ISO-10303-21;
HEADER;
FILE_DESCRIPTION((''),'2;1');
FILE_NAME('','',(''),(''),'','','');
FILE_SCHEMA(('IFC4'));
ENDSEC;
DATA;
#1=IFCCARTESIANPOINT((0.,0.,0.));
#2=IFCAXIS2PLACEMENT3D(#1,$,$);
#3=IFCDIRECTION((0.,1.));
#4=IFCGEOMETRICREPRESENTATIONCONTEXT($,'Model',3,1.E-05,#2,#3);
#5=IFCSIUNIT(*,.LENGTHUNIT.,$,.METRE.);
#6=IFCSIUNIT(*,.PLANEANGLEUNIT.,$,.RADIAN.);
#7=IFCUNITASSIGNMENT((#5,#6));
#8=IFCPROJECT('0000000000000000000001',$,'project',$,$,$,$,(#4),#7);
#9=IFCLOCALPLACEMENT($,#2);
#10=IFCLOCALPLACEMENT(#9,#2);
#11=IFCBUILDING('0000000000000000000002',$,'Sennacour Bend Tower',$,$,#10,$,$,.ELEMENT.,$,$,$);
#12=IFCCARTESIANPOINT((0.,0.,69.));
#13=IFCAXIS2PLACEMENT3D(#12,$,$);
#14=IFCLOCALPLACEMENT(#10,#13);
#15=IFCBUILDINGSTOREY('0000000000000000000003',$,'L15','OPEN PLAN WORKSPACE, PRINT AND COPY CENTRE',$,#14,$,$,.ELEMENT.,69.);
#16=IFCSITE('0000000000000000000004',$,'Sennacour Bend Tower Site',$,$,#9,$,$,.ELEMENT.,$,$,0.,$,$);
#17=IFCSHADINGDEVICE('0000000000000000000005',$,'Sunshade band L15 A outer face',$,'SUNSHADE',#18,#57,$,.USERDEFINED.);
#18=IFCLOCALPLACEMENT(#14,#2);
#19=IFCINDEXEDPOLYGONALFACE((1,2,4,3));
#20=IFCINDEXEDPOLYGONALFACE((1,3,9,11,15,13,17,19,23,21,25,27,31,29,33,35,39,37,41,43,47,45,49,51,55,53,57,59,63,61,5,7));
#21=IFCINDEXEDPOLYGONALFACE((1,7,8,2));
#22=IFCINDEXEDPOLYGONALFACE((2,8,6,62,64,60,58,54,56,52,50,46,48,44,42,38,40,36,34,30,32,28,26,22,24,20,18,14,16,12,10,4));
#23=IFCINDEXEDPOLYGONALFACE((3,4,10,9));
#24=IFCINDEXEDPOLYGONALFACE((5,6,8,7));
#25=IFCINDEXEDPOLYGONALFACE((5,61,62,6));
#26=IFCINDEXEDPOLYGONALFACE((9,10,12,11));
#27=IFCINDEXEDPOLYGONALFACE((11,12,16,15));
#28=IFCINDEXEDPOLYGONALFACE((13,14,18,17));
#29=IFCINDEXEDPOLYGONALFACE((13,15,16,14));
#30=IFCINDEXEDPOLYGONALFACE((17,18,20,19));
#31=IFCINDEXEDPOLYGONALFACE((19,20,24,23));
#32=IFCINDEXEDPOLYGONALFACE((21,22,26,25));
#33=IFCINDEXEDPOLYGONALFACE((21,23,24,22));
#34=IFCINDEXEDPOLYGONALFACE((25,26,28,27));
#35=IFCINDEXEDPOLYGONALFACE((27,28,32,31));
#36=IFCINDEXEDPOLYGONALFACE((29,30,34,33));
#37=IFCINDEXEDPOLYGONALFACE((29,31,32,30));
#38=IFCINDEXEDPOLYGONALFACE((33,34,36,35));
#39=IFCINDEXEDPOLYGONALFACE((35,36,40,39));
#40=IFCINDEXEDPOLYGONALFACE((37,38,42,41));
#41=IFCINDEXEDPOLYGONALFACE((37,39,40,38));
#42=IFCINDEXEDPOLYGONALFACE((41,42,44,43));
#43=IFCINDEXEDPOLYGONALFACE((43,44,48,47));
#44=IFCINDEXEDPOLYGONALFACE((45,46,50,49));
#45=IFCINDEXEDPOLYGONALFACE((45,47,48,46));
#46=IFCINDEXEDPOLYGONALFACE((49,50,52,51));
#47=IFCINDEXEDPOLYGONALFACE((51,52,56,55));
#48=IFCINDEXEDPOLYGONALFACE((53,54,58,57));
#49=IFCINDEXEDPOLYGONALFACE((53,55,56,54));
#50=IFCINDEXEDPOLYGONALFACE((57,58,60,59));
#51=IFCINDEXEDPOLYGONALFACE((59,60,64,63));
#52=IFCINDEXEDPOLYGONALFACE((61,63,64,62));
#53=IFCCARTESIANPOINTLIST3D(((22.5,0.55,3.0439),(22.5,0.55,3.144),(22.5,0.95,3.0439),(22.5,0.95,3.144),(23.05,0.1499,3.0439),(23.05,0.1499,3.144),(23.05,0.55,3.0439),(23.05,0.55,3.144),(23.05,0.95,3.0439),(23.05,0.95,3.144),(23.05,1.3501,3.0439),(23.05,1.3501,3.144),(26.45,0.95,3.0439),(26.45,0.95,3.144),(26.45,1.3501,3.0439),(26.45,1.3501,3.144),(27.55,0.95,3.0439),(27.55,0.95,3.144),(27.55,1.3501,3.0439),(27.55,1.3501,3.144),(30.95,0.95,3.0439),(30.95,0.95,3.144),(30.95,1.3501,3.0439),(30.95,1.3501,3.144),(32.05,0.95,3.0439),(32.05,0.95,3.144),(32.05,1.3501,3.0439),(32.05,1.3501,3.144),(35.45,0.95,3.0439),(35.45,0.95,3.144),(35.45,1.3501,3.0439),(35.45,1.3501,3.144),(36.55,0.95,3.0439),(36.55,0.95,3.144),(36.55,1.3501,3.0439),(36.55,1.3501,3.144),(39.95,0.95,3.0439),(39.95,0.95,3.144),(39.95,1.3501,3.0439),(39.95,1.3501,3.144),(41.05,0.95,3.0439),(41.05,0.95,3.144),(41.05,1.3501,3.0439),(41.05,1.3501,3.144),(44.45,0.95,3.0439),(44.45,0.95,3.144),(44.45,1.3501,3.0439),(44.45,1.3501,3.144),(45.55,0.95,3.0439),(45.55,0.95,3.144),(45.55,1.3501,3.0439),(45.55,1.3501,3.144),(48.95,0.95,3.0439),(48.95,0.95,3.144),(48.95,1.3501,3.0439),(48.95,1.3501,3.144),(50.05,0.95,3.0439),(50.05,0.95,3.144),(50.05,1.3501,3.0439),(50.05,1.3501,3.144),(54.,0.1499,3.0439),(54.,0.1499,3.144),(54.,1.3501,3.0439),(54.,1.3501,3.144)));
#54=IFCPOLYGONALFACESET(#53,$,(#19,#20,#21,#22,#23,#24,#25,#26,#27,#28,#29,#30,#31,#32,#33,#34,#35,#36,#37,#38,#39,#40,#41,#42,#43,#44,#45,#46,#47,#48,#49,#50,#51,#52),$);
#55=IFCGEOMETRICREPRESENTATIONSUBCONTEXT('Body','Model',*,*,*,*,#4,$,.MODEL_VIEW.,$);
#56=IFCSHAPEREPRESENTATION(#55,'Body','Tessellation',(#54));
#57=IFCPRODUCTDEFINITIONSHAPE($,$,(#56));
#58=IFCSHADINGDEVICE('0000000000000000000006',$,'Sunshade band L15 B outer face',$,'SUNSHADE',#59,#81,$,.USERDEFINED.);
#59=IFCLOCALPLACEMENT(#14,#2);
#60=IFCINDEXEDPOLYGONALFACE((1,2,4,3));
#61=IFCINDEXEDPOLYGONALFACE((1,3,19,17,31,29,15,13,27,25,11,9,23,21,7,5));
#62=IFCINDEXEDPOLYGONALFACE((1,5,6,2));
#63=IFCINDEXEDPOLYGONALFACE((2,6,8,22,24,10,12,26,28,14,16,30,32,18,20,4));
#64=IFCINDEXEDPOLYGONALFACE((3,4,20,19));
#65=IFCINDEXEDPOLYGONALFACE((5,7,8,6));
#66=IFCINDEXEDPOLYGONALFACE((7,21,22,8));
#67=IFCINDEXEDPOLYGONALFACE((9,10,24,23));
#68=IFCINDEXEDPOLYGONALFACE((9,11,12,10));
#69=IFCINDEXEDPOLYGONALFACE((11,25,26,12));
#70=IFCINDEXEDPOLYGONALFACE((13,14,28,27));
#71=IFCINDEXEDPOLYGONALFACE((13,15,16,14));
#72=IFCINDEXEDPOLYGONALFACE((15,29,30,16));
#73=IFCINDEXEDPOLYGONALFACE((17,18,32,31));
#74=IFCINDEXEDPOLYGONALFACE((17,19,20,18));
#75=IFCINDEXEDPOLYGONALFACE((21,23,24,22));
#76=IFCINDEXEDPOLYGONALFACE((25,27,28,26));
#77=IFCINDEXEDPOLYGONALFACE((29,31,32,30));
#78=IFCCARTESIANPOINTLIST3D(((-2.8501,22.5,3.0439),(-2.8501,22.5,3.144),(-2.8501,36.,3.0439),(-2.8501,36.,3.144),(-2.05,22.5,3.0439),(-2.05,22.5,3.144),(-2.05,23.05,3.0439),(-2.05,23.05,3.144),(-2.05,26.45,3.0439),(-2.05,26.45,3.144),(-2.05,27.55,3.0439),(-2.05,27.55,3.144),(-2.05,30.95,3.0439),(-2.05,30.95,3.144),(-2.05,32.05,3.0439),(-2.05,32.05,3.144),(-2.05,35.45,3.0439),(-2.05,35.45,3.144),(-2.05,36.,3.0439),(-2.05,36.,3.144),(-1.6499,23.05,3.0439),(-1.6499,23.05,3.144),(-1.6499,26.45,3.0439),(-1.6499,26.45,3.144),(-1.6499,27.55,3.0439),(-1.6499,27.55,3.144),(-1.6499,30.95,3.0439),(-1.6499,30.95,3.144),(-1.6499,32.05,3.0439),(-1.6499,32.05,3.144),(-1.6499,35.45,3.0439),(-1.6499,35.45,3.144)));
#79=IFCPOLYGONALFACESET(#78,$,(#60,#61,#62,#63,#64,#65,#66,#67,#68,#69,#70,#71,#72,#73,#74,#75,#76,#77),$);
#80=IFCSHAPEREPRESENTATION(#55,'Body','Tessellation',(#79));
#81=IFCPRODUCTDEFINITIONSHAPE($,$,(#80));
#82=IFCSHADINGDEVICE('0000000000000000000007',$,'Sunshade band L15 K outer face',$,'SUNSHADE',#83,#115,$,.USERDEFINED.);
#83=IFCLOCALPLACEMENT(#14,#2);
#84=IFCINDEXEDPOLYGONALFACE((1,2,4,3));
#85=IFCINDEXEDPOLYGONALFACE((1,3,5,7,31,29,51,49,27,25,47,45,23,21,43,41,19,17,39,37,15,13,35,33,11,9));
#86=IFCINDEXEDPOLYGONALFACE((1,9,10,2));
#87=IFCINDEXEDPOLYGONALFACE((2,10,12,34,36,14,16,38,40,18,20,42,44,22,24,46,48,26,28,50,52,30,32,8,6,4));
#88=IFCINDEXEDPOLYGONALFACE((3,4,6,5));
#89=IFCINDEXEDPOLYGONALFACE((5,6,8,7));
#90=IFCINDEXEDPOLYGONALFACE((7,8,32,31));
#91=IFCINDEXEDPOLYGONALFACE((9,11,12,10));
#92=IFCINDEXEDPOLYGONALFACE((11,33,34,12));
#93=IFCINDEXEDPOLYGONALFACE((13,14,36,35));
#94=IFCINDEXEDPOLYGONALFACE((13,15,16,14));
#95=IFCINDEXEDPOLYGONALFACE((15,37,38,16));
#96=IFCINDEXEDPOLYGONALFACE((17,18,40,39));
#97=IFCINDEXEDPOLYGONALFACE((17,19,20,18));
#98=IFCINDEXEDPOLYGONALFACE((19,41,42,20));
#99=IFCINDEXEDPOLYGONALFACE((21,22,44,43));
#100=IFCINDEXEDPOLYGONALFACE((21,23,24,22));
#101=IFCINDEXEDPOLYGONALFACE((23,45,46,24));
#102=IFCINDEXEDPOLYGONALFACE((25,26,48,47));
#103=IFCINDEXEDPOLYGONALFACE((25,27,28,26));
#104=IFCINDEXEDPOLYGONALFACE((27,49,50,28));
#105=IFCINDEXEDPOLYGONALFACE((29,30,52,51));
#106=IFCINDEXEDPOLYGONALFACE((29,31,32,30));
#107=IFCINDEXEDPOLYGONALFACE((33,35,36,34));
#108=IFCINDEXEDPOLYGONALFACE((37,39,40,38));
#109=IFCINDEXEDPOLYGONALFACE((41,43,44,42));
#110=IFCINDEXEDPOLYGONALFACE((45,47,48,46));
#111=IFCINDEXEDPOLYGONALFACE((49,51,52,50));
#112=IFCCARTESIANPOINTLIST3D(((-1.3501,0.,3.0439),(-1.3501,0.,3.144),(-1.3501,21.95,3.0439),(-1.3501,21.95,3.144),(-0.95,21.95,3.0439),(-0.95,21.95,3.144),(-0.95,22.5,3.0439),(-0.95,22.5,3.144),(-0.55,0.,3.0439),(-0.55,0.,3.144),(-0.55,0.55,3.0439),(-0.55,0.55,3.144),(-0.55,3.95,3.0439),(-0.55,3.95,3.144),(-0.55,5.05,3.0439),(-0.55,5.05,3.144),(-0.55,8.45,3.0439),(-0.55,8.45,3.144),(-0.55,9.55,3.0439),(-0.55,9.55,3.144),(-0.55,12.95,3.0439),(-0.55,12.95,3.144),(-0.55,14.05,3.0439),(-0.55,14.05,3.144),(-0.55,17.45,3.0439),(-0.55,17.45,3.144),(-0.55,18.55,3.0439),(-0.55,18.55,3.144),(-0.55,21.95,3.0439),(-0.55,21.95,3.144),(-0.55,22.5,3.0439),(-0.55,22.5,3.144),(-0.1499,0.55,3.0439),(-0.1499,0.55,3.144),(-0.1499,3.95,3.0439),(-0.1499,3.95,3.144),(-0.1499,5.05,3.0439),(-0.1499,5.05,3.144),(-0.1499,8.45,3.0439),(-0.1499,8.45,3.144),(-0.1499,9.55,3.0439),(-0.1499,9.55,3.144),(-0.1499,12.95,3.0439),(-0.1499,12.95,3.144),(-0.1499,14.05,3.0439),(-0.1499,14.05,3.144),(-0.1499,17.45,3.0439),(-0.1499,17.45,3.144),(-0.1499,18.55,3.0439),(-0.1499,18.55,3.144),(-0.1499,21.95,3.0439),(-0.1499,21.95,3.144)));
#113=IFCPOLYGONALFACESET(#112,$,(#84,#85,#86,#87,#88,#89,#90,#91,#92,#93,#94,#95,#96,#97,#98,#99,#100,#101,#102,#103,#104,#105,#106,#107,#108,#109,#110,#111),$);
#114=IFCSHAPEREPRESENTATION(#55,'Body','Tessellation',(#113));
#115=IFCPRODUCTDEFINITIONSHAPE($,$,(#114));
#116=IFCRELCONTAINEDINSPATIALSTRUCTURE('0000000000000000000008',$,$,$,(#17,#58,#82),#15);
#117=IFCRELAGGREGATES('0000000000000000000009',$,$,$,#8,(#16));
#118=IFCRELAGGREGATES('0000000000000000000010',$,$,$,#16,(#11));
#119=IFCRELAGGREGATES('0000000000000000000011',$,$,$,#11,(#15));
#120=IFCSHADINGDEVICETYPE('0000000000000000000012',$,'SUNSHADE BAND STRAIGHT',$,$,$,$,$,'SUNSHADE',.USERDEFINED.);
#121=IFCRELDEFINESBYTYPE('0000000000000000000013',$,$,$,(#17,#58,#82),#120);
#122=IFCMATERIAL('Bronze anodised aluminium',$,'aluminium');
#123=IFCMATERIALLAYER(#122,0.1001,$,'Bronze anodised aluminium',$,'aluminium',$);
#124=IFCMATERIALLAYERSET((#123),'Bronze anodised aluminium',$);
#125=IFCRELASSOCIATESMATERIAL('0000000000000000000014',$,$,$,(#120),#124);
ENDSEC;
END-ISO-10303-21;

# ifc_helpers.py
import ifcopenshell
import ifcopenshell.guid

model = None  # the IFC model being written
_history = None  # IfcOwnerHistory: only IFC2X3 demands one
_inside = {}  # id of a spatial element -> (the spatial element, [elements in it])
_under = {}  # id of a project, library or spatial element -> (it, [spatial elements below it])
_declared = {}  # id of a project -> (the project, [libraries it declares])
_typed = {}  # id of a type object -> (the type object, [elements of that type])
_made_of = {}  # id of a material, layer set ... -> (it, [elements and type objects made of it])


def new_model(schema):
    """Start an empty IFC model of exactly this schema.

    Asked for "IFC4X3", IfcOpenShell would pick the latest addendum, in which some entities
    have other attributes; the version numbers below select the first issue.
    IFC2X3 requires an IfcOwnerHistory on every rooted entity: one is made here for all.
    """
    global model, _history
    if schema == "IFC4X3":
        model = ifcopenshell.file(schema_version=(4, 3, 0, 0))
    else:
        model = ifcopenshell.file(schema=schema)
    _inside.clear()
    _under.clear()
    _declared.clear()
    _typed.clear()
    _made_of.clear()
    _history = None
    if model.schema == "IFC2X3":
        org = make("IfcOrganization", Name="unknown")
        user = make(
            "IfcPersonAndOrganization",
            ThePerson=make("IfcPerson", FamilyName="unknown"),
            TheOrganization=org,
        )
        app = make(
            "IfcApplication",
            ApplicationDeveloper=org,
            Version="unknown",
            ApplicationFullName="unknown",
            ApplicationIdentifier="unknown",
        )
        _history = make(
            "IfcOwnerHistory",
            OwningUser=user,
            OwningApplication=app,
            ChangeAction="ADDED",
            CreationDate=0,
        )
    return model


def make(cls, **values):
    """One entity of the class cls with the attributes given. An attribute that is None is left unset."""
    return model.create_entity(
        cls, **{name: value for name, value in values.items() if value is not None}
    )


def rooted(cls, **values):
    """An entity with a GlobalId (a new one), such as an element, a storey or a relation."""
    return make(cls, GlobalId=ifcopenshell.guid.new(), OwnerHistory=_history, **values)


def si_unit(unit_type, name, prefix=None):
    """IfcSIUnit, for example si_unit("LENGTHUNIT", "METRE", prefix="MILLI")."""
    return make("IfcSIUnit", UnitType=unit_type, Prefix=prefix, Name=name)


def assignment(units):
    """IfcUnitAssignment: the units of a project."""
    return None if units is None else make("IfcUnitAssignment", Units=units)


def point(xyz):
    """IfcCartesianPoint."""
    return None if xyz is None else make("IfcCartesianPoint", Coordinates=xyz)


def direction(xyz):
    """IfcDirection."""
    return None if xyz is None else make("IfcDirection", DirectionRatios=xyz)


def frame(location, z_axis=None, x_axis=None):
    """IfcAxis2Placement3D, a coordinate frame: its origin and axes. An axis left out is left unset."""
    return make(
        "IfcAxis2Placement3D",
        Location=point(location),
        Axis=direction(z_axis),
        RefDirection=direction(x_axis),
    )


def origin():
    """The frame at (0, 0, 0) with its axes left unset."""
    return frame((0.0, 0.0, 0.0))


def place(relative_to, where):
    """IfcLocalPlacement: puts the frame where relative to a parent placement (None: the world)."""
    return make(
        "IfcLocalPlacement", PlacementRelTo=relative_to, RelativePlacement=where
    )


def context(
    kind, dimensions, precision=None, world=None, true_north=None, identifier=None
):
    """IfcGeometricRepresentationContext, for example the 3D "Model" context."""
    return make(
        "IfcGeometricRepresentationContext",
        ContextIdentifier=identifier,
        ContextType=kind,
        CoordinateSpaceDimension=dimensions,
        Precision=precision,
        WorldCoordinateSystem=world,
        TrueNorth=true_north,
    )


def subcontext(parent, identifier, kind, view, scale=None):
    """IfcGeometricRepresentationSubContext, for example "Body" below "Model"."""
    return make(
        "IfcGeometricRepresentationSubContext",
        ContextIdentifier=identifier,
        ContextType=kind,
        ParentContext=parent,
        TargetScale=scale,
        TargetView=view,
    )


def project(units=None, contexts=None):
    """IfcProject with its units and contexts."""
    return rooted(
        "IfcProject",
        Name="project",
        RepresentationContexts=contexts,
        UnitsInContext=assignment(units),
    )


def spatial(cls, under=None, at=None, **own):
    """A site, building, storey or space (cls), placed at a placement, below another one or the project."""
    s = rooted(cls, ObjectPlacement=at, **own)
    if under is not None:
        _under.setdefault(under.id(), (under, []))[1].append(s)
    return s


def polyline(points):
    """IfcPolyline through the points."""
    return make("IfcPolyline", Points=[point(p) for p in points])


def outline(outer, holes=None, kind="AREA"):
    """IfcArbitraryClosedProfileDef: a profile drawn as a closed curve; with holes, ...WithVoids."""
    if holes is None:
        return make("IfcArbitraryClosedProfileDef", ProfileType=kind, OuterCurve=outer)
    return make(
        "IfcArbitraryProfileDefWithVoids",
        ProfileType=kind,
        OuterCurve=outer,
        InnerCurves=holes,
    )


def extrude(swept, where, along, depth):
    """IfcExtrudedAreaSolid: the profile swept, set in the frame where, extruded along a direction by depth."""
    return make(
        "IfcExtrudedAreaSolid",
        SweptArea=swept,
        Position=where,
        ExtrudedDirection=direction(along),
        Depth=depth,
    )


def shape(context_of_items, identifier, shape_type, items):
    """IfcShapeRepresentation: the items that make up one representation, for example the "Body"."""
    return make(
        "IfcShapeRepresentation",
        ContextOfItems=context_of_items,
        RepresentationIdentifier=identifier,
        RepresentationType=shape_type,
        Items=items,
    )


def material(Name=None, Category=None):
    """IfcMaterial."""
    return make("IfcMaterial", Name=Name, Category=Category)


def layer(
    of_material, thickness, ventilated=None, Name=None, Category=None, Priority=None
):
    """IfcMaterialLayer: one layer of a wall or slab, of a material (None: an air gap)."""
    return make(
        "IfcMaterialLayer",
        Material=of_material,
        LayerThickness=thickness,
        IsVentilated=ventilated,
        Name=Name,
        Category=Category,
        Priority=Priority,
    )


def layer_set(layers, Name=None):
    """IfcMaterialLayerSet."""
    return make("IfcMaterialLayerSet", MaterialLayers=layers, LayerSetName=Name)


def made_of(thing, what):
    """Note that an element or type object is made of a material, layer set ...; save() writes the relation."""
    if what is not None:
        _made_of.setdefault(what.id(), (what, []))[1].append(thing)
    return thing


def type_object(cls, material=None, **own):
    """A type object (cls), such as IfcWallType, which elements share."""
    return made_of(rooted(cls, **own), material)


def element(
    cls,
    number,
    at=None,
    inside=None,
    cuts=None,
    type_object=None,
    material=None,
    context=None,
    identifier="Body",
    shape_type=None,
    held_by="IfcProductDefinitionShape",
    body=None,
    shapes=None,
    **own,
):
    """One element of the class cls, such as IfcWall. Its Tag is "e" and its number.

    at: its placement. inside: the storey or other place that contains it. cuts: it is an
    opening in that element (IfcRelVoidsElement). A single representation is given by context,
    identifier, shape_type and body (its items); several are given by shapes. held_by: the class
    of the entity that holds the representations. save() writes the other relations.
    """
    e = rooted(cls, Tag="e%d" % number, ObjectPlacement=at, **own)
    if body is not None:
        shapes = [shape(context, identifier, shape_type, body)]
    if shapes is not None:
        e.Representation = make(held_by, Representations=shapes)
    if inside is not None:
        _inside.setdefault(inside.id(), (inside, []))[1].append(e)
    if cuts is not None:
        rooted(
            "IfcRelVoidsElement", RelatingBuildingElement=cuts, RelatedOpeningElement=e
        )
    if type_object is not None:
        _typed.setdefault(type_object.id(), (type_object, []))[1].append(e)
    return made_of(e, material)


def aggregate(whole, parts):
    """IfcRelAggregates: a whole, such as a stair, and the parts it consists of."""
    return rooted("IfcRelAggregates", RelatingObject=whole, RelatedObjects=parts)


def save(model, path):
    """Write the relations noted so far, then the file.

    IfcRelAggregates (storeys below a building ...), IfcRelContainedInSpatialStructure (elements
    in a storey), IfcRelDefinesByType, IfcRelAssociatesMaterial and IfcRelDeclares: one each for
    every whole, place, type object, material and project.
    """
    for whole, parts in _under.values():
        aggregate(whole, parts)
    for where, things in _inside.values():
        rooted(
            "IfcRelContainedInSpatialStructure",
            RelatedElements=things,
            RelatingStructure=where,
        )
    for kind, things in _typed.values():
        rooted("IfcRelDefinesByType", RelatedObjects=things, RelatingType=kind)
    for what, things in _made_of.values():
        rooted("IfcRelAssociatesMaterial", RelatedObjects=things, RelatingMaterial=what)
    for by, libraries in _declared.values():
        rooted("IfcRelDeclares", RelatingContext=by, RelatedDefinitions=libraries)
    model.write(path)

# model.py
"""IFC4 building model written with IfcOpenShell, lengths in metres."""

from ifc_helpers import new_model, si_unit, direction, frame, origin, place, context, subcontext, project, spatial, polyline, outline, extrude, material, layer, layer_set, type_object, element, save


model = new_model("IFC4")

# Units and contexts
model_context = context("Model", 3, precision=1e-05, world=origin(), true_north=direction((0.0, 1.0)))
body_context = subcontext(model_context, "Body", "Model", "MODEL_VIEW")
ifc_project = project(units=[si_unit("LENGTHUNIT", "METRE"), si_unit("PLANEANGLEUNIT", "RADIAN")], contexts=[model_context])

# Site, building, storey
site_placement = place(None, origin())
site = spatial("IfcSite", under=ifc_project, at=site_placement, Name="Sennacour Bend Tower Site", CompositionType="ELEMENT", RefElevation=0.0)
building_placement = place(site_placement, origin())
building = spatial("IfcBuilding", under=site, at=building_placement, Name="Sennacour Bend Tower", CompositionType="ELEMENT")
storey_placement = place(building_placement, frame((0.0, 0.0, 69.0)))
storey = spatial("IfcBuildingStorey", under=building, at=storey_placement, Name="L15", Description="OPEN PLAN WORKSPACE, PRINT AND COPY CENTRE", CompositionType="ELEMENT", Elevation=69.0)

# Shading devices
ifc_material_1 = material(Name="Bronze anodised aluminium", Category="aluminium")
ifc_layer_1 = layer(ifc_material_1, 0.1001, Name="Bronze anodised aluminium", Category="aluminium")
ifc_layer_set_1 = layer_set([ifc_layer_1], Name="Bronze anodised aluminium")
shading_device_type_1 = type_object("IfcShadingDeviceType", Name="SUNSHADE BAND STRAIGHT", ElementType="SUNSHADE", PredefinedType="USERDEFINED", material=ifc_layer_set_1)
shading_device_1_placement = place(storey_placement, frame((0.0, 0.0, 3.0439)))
element("IfcShadingDevice", 1, at=shading_device_1_placement, inside=storey, type_object=shading_device_type_1, Name="Sunshade band L15 A outer face", ObjectType="SUNSHADE", PredefinedType="USERDEFINED", context=body_context, shape_type="SweptSolid", body=[
    extrude(outline(polyline([(26.45, 1.3501), (26.45, 0.95), (27.55, 0.95), (27.55, 1.3501), (30.95, 1.3501), (30.95, 0.95), (32.05, 0.95), (32.05, 1.3501), (35.45, 1.3501), (35.45, 0.95), (36.55, 0.95), (36.55, 1.3501), (39.95, 1.3501), (39.95, 0.95), (41.05, 0.95), (41.05, 1.3501), (44.45, 1.3501), (44.45, 0.95), (45.55, 0.95), (45.55, 1.3501), (48.95, 1.3501), (48.95, 0.95), (50.05, 0.95), (50.05, 1.3501), (54.0, 1.3501), (54.0, 0.1499), (23.05, 0.1499), (23.05, 0.55), (22.5, 0.55), (22.5, 0.95), (23.05, 0.95), (23.05, 1.3501), (26.45, 1.3501)])), origin(), (0.0, 0.0, 1.0), 0.1001),
])
shading_device_2_placement = place(storey_placement, frame((0.0, 0.0, 3.0439)))
element("IfcShadingDevice", 2, at=shading_device_2_placement, inside=storey, type_object=shading_device_type_1, Name="Sunshade band L15 B outer face", ObjectType="SUNSHADE", PredefinedType="USERDEFINED", context=body_context, shape_type="SweptSolid", body=[
    extrude(outline(polyline([(-1.6499, 32.05), (-2.05, 32.05), (-2.05, 30.95), (-1.6499, 30.95), (-1.6499, 27.55), (-2.05, 27.55), (-2.05, 26.45), (-1.6499, 26.45), (-1.6499, 23.05), (-2.05, 23.05), (-2.05, 22.5), (-2.8501, 22.5), (-2.8501, 36.0), (-2.05, 36.0), (-2.05, 35.45), (-1.6499, 35.45), (-1.6499, 32.05)])), origin(), (0.0, 0.0, 1.0), 0.1001),
])
shading_device_3_placement = place(storey_placement, frame((0.0, 0.0, 3.0439)))
element("IfcShadingDevice", 3, at=shading_device_3_placement, inside=storey, type_object=shading_device_type_1, Name="Sunshade band L15 K outer face", ObjectType="SUNSHADE", PredefinedType="USERDEFINED", context=body_context, shape_type="SweptSolid", body=[
    extrude(outline(polyline([(-0.1499, 18.55), (-0.55, 18.55), (-0.55, 17.45), (-0.1499, 17.45), (-0.1499, 14.05), (-0.55, 14.05), (-0.55, 12.95), (-0.1499, 12.95), (-0.1499, 9.55), (-0.55, 9.55), (-0.55, 8.45), (-0.1499, 8.45), (-0.1499, 5.05), (-0.55, 5.05), (-0.55, 3.95), (-0.1499, 3.95), (-0.1499, 0.55), (-0.55, 0.55), (-0.55, 0.0), (-1.3501, 0.0), (-1.3501, 21.95), (-0.95, 21.95), (-0.95, 22.5), (-0.55, 22.5), (-0.55, 21.95), (-0.1499, 21.95), (-0.1499, 18.55)])), origin(), (0.0, 0.0, 1.0), 0.1001),
])

save(model, "model.ifc")
